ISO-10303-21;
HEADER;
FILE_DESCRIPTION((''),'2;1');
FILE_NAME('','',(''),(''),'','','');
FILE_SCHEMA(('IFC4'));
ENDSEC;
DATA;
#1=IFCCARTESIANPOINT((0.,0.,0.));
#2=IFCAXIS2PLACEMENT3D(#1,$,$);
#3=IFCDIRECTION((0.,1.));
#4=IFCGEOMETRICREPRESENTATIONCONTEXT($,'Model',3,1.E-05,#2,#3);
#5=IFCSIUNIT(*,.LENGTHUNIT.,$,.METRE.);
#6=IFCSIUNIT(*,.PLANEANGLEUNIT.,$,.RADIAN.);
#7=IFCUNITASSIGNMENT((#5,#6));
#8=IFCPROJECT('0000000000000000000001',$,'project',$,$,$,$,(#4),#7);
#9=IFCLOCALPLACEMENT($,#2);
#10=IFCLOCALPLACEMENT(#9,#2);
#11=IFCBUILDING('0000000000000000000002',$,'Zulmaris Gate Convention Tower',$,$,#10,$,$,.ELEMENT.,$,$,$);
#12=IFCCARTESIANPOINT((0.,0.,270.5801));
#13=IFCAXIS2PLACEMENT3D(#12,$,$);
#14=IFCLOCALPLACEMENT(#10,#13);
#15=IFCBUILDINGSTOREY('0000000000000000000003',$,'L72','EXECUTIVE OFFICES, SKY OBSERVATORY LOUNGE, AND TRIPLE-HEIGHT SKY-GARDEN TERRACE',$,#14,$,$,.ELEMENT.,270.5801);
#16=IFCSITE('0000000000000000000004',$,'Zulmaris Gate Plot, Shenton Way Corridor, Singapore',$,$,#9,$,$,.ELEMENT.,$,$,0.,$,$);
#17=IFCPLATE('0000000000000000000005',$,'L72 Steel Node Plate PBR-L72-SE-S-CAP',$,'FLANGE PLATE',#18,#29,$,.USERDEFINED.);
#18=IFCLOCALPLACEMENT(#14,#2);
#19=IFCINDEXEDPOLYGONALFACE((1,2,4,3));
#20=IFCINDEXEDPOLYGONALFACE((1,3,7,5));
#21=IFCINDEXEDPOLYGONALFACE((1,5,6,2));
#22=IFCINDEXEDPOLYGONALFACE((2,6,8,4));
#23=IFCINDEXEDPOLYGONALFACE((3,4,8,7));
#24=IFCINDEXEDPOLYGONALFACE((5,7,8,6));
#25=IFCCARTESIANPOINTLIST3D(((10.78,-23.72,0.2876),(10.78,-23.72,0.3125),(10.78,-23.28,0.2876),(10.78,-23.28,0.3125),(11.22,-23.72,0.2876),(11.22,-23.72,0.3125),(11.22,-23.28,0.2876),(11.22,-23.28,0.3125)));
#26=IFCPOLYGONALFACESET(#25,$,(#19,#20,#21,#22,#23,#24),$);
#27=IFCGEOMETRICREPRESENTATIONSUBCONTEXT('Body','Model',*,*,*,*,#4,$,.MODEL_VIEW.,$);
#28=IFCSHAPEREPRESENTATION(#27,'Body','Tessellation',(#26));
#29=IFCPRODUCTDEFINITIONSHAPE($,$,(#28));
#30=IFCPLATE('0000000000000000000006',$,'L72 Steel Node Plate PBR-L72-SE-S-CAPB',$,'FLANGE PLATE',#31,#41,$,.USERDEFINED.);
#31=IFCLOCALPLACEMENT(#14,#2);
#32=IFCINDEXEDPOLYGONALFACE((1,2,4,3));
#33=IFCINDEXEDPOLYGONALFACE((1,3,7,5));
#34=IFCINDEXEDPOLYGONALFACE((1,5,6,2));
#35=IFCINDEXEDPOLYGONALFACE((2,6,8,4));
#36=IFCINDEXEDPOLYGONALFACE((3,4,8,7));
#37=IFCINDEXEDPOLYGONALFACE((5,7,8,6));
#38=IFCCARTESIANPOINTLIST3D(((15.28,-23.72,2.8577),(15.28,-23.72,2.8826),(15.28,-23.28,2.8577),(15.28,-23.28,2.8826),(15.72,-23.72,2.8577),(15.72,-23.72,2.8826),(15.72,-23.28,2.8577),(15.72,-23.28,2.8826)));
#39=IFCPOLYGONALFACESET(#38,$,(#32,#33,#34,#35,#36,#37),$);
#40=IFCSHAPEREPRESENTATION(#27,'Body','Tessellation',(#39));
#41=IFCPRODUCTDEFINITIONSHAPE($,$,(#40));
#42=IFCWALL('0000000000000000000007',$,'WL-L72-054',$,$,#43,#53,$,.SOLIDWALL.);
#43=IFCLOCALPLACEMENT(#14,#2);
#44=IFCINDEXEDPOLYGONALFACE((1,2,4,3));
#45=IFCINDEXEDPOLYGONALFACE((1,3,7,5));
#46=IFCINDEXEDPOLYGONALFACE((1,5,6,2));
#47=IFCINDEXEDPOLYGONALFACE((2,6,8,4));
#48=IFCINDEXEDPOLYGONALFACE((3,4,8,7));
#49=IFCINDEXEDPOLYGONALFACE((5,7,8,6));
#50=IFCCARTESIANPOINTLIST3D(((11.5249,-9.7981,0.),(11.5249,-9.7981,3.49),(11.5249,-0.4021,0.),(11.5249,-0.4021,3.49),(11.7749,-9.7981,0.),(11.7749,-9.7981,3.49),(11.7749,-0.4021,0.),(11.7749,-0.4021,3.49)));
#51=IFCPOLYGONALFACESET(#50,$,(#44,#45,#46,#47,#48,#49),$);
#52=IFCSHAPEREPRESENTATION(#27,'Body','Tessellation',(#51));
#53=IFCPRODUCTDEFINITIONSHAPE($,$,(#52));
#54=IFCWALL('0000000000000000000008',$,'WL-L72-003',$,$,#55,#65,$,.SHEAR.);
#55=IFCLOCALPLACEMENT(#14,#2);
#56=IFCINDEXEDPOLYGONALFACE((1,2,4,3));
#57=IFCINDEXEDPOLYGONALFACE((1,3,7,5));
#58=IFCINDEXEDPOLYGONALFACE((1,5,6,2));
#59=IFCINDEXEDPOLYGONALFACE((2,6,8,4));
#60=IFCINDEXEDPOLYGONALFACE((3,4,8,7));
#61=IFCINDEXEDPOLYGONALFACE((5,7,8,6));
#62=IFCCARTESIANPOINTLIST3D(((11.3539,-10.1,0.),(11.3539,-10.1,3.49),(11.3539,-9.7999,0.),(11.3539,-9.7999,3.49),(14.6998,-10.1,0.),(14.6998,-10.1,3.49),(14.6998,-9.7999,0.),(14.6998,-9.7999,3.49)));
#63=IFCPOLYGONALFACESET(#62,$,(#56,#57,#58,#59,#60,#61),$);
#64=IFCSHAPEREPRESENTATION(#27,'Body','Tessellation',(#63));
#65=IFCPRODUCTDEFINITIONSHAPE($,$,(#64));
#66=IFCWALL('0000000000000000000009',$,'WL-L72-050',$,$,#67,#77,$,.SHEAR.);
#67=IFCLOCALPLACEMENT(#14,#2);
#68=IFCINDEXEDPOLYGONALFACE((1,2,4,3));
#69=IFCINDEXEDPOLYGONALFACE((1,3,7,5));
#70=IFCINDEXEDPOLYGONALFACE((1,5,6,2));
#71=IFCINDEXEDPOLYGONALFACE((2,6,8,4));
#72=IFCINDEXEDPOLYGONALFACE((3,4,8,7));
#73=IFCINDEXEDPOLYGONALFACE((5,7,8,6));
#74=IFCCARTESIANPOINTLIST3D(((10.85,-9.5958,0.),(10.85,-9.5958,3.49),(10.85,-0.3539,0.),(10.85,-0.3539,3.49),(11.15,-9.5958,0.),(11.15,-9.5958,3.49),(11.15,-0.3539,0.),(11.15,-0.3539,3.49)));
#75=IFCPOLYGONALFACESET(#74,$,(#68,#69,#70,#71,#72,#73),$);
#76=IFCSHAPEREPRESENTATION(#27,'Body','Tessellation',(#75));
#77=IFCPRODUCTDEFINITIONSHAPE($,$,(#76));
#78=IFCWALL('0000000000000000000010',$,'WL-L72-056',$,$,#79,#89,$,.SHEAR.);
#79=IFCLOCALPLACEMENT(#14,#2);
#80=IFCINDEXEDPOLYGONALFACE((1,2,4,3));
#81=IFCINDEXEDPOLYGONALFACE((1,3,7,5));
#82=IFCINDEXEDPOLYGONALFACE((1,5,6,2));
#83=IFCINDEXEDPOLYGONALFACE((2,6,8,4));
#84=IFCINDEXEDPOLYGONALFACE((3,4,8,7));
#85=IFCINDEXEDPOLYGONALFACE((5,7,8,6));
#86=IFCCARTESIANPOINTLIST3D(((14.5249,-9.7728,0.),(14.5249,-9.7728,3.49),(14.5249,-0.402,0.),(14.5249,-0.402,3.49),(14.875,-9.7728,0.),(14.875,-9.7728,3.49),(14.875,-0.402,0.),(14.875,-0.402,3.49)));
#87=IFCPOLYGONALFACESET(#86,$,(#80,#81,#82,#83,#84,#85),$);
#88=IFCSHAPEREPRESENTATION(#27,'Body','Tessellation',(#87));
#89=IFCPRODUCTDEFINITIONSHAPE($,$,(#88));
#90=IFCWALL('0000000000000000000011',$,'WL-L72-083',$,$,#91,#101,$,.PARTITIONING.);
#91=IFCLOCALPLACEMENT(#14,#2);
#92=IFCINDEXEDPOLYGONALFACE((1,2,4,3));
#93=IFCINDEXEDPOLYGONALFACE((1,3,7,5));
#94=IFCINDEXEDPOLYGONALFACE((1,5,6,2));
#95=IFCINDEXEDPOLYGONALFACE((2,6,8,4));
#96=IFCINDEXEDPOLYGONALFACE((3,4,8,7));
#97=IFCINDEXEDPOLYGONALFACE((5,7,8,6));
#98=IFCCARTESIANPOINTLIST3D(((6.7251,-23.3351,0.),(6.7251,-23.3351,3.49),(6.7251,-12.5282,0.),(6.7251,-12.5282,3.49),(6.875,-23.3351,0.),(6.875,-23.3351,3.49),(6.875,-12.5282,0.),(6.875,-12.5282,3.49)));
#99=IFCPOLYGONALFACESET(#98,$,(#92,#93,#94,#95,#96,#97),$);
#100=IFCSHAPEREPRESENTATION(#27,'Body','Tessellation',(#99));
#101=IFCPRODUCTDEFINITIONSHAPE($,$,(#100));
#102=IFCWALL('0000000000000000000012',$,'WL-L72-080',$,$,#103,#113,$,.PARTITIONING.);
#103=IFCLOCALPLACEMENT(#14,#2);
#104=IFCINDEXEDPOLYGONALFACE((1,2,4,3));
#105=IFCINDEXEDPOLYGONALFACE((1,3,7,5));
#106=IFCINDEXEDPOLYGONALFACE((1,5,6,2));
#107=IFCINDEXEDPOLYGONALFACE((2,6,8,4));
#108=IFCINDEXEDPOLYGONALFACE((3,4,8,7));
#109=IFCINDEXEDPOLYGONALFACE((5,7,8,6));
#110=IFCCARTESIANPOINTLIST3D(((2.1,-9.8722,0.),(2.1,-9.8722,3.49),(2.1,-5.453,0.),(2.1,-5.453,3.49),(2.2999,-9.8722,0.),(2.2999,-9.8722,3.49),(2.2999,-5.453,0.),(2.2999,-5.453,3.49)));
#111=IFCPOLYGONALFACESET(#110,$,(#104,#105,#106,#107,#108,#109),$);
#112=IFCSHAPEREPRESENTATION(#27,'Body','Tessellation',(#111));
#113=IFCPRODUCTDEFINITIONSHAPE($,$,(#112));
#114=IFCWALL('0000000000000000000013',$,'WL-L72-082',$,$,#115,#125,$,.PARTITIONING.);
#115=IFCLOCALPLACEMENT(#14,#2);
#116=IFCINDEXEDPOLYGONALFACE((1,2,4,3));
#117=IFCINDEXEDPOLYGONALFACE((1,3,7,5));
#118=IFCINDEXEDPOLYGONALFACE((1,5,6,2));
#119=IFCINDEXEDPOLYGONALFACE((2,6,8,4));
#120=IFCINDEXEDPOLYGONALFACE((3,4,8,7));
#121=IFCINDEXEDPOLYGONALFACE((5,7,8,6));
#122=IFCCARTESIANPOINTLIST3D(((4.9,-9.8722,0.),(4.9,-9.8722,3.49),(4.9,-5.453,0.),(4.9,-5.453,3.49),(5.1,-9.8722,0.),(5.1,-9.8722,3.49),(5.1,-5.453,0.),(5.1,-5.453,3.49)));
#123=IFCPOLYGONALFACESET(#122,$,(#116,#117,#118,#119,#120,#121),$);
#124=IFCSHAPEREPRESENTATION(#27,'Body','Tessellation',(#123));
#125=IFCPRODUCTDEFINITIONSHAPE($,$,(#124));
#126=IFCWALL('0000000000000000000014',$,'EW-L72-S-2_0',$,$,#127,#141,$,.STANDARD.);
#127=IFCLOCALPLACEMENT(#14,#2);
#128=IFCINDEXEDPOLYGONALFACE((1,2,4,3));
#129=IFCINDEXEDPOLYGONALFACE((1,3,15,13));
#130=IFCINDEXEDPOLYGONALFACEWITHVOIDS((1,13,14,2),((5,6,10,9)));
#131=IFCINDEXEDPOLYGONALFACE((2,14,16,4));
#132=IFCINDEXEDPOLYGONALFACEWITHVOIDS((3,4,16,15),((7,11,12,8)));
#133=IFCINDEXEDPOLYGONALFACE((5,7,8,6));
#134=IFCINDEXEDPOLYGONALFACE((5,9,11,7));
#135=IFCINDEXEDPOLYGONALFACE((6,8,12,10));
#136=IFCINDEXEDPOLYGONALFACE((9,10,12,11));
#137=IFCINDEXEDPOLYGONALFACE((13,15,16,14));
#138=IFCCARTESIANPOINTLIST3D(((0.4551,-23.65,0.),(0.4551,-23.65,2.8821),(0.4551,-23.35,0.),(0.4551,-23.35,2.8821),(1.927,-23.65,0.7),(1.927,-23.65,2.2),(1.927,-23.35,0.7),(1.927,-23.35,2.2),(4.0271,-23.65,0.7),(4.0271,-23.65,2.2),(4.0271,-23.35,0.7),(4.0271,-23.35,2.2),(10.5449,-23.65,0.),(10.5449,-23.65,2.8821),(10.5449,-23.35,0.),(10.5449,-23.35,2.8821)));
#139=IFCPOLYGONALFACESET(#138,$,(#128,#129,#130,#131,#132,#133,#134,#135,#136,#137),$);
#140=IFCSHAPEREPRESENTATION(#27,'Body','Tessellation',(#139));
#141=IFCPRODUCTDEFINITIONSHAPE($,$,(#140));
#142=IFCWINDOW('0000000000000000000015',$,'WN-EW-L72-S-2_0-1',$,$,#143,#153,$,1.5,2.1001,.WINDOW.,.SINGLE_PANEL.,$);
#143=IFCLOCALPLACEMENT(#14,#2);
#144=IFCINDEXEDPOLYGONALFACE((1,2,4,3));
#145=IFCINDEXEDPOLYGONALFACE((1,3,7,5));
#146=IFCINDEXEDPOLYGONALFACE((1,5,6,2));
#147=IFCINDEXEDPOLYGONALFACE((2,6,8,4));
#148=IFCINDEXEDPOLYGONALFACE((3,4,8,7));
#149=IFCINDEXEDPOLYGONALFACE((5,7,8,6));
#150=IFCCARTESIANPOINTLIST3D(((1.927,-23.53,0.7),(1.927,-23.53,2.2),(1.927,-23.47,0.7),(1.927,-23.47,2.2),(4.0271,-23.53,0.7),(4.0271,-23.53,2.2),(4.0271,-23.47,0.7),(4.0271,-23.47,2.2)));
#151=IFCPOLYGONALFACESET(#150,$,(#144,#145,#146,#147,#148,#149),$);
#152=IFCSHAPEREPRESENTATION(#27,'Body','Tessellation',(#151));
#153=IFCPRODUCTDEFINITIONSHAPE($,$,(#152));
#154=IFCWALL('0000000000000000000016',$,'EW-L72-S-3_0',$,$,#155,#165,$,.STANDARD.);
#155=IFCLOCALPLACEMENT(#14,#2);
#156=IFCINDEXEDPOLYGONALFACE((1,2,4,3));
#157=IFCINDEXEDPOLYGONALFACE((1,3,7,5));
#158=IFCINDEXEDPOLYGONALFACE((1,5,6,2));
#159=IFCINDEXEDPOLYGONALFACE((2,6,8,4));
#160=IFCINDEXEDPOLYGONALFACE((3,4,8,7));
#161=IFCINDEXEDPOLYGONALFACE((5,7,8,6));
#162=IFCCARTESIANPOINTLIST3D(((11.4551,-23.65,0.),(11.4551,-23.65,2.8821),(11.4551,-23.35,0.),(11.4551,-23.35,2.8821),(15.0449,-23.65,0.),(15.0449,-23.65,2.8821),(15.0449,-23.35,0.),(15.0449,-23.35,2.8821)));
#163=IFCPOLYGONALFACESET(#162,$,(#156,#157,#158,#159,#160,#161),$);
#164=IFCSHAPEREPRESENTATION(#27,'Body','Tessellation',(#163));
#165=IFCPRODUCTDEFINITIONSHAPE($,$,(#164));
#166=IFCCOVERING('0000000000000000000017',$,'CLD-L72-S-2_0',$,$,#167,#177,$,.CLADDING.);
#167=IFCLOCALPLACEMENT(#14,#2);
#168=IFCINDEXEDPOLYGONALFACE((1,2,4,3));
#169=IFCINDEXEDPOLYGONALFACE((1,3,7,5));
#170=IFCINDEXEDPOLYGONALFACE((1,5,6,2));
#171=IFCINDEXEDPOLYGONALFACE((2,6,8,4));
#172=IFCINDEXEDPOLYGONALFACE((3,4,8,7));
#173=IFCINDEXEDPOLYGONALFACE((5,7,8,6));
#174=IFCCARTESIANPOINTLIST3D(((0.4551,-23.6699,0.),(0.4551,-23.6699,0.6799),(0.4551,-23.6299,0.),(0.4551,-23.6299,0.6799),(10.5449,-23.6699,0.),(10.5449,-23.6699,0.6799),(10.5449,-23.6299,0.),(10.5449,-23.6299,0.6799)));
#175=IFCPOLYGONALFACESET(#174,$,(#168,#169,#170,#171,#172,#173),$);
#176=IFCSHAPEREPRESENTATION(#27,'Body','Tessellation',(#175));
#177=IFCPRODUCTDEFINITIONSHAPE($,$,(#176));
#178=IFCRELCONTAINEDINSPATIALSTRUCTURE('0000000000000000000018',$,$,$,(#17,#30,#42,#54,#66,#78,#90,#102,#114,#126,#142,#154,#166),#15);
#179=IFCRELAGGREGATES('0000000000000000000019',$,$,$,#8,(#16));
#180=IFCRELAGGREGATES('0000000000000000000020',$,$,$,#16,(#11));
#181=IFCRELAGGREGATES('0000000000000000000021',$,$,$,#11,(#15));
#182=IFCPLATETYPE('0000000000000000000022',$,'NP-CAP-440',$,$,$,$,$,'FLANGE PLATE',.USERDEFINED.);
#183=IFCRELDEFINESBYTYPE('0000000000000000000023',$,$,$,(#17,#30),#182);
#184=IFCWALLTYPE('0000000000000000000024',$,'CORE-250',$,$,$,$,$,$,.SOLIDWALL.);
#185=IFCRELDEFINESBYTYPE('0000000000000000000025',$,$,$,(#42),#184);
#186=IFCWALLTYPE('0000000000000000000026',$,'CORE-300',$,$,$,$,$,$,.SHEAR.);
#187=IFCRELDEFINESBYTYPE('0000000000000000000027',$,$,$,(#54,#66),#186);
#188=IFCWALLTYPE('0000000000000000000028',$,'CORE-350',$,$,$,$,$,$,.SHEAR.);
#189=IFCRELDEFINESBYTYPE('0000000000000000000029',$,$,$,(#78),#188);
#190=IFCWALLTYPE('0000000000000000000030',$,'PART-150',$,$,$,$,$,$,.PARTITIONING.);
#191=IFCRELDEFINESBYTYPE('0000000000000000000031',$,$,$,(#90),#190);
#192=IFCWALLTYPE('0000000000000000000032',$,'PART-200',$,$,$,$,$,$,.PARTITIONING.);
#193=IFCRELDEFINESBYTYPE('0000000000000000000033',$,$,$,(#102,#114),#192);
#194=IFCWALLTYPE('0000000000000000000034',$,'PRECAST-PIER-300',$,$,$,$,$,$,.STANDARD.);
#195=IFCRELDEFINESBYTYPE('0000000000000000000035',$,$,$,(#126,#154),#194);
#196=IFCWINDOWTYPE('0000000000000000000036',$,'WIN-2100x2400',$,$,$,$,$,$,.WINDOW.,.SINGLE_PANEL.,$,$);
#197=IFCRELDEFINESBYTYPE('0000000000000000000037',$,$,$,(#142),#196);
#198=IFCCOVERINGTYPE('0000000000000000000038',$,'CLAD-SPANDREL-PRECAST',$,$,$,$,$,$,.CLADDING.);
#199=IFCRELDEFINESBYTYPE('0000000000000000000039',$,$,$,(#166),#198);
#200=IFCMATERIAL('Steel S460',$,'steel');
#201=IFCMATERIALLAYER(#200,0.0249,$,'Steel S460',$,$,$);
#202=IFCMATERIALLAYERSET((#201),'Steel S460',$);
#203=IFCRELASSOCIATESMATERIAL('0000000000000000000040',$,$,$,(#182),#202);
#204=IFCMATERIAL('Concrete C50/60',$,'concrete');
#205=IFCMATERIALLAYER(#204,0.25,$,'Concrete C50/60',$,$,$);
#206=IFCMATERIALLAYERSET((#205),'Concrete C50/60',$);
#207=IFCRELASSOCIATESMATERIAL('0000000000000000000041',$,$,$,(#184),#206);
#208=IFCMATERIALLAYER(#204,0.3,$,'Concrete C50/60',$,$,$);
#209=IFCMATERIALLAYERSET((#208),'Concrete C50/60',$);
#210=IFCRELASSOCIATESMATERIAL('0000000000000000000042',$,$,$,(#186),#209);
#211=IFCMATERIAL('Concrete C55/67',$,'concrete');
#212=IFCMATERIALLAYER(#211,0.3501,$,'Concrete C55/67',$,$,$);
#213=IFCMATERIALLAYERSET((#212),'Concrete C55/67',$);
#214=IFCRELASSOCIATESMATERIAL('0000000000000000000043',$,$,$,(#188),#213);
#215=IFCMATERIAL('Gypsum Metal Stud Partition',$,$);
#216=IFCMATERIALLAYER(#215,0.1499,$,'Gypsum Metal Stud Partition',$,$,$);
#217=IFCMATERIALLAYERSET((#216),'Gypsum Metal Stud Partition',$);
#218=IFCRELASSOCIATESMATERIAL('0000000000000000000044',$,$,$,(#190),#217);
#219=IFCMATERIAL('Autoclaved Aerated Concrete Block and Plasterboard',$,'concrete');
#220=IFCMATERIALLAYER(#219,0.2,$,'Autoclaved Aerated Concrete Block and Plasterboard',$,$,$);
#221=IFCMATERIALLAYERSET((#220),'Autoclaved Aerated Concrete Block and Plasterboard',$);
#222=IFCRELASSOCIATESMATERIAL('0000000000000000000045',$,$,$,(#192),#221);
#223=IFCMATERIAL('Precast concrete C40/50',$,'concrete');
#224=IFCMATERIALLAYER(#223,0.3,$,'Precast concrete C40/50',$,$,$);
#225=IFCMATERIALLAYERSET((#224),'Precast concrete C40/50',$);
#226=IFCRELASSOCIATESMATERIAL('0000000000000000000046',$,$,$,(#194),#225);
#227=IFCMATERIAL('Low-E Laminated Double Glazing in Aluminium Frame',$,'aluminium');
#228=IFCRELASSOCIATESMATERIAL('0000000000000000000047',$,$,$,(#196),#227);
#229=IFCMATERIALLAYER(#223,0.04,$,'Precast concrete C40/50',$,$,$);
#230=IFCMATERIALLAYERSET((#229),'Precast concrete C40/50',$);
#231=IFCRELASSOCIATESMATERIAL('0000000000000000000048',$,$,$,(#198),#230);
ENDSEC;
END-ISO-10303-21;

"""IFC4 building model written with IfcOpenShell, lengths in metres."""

from ifc_helpers import new_model, si_unit, direction, frame, frame_2d, origin, origin_2d, place, context, subcontext, project, spatial, rectangle, extrude, material, layer, layer_set, type_object, element, fill, save


model = new_model("IFC4")

# Units and contexts
model_context = context("Model", 3, precision=1e-05, world=origin(), true_north=direction((0.0, 1.0)))
body_context = subcontext(model_context, "Body", "Model", "MODEL_VIEW")
ifc_project = project(units=[si_unit("LENGTHUNIT", "METRE"), si_unit("PLANEANGLEUNIT", "RADIAN")], contexts=[model_context])

# Site, building, storey
site_placement = place(None, origin())
site = spatial("IfcSite", under=ifc_project, at=site_placement, Name="Zulmaris Gate Plot, Shenton Way Corridor, Singapore", CompositionType="ELEMENT", RefElevation=0.0)
building_placement = place(site_placement, origin())
building = spatial("IfcBuilding", under=site, at=building_placement, Name="Zulmaris Gate Convention Tower", CompositionType="ELEMENT")
storey_placement = place(building_placement, frame((0.0, 0.0, 270.5801)))
storey = spatial("IfcBuildingStorey", under=building, at=storey_placement, Name="L72", Description="EXECUTIVE OFFICES, SKY OBSERVATORY LOUNGE, AND TRIPLE-HEIGHT SKY-GARDEN TERRACE", CompositionType="ELEMENT", Elevation=270.5801)

# Shared definitions
ifc_material_1 = material(Name="Concrete C50/60", Category="concrete")

# Plates
ifc_material_2 = material(Name="Steel S460", Category="steel")
ifc_layer_1 = layer(ifc_material_2, 0.0249, Name="Steel S460")
ifc_layer_set_1 = layer_set([ifc_layer_1], Name="Steel S460")
plate_type = type_object("IfcPlateType", Name="NP-CAP-440", ElementType="FLANGE PLATE", PredefinedType="USERDEFINED", material=ifc_layer_set_1)
for number, where, z_axis, x_axis, name in (
    (1, (11.0, -23.5, 0.2876), (0.0, 0.0, 1.0), (1.0, 0.0, 0.0), "L72 Steel Node Plate PBR-L72-SE-S-CAP"),
    (2, (15.5, -23.5, 2.8577), (0.0, 0.0, 1.0), (1.0, 0.0, 0.0), "L72 Steel Node Plate PBR-L72-SE-S-CAPB"),
):
    element("IfcPlate", number, at=place(storey_placement, frame(where, z_axis=z_axis, x_axis=x_axis)), inside=storey, type_object=plate_type, Name=name, ObjectType="FLANGE PLATE", PredefinedType="USERDEFINED", context=body_context, shape_type="SweptSolid", body=[
        extrude(rectangle(XDim=0.4399, YDim=0.4399, at=origin_2d()), origin(), (0.0, 0.0, 1.0), 0.0249),
    ])

# Walls
ifc_layer_2 = layer(ifc_material_1, 0.25, Name="Concrete C50/60")
ifc_layer_set_2 = layer_set([ifc_layer_2], Name="Concrete C50/60")
wall_type_1 = type_object("IfcWallType", Name="CORE-250", PredefinedType="SOLIDWALL", material=ifc_layer_set_2)
wall_1_placement = place(storey_placement, frame((11.6499, -9.7981, 0.0), z_axis=(0.0, 0.0, 1.0), x_axis=(0.0, 1.0, 0.0)))
element("IfcWall", 3, at=wall_1_placement, inside=storey, type_object=wall_type_1, Name="WL-L72-054", PredefinedType="SOLIDWALL", context=body_context, shape_type="SweptSolid", body=[
    extrude(rectangle(XDim=9.396, YDim=0.25, at=frame_2d((4.698, 0.0))), origin(), (0.0, 0.0, 1.0), 3.49),
])
ifc_layer_3 = layer(ifc_material_1, 0.3, Name="Concrete C50/60")
ifc_layer_set_3 = layer_set([ifc_layer_3], Name="Concrete C50/60")
wall_type_2 = type_object("IfcWallType", Name="CORE-300", PredefinedType="SHEAR", material=ifc_layer_set_3)
wall_2_placement = place(storey_placement, frame((11.354, -9.95, 0.0), z_axis=(0.0, 0.0, 1.0), x_axis=(1.0, 0.0, 0.0)))
element("IfcWall", 4, at=wall_2_placement, inside=storey, type_object=wall_type_2, Name="WL-L72-003", PredefinedType="SHEAR", context=body_context, shape_type="SweptSolid", body=[
    extrude(rectangle(XDim=3.3459, YDim=0.3, at=frame_2d((1.6729, 0.0))), origin(), (0.0, 0.0, 1.0), 3.49),
])
wall_3_placement = place(storey_placement, frame((11.0, -9.5959, 0.0), z_axis=(0.0, 0.0, 1.0), x_axis=(0.0, 1.0, 0.0)))
element("IfcWall", 5, at=wall_3_placement, inside=storey, type_object=wall_type_2, Name="WL-L72-050", PredefinedType="SHEAR", context=body_context, shape_type="SweptSolid", body=[
    extrude(rectangle(XDim=9.2419, YDim=0.3, at=frame_2d((4.6211, 0.0))), origin(), (0.0, 0.0, 1.0), 3.49),
])

# Shared definitions
ifc_material_3 = material(Name="Concrete C55/67", Category="concrete")
ifc_layer_4 = layer(ifc_material_3, 0.3501, Name="Concrete C55/67")
ifc_layer_set_4 = layer_set([ifc_layer_4], Name="Concrete C55/67")
wall_type_3 = type_object("IfcWallType", Name="CORE-350", PredefinedType="SHEAR", material=ifc_layer_set_4)

# Walls
wall_4_placement = place(storey_placement, frame((14.7, -9.7729, 0.0), z_axis=(0.0, 0.0, 1.0), x_axis=(0.0, 1.0, 0.0)))
element("IfcWall", 6, at=wall_4_placement, inside=storey, type_object=wall_type_3, Name="WL-L72-056", PredefinedType="SHEAR", context=body_context, shape_type="SweptSolid", body=[
    extrude(rectangle(XDim=9.3708, YDim=0.3501, at=frame_2d((4.6855, 0.0))), origin(), (0.0, 0.0, 1.0), 3.49),
])
ifc_material_4 = material(Name="Gypsum Metal Stud Partition")
ifc_layer_5 = layer(ifc_material_4, 0.1499, Name="Gypsum Metal Stud Partition")
ifc_layer_set_5 = layer_set([ifc_layer_5], Name="Gypsum Metal Stud Partition")
wall_type_4 = type_object("IfcWallType", Name="PART-150", PredefinedType="PARTITIONING", material=ifc_layer_set_5)
wall_5_placement = place(storey_placement, frame((6.8, -23.335, 0.0), z_axis=(0.0, 0.0, 1.0), x_axis=(0.0, 1.0, 0.0)))
element("IfcWall", 7, at=wall_5_placement, inside=storey, type_object=wall_type_4, Name="WL-L72-083", PredefinedType="PARTITIONING", context=body_context, shape_type="SweptSolid", body=[
    extrude(rectangle(XDim=10.8069, YDim=0.1499, at=frame_2d((5.4033, 0.0))), origin(), (0.0, 0.0, 1.0), 3.49),
])
ifc_material_5 = material(Name="Autoclaved Aerated Concrete Block and Plasterboard", Category="concrete")
ifc_layer_6 = layer(ifc_material_5, 0.2, Name="Autoclaved Aerated Concrete Block and Plasterboard")
ifc_layer_set_6 = layer_set([ifc_layer_6], Name="Autoclaved Aerated Concrete Block and Plasterboard")
wall_type_5 = type_object("IfcWallType", Name="PART-200", PredefinedType="PARTITIONING", material=ifc_layer_set_6)
for number, where, z_axis, x_axis, name in (
    (8, (2.2, -9.8721, 0.0), (0.0, 0.0, 1.0), (0.0, 1.0, 0.0), "WL-L72-080"),
    (9, (5.0, -9.8721, 0.0), (0.0, 0.0, 1.0), (0.0, 1.0, 0.0), "WL-L72-082"),
):
    element("IfcWall", number, at=place(storey_placement, frame(where, z_axis=z_axis, x_axis=x_axis)), inside=storey, type_object=wall_type_5, Name=name, PredefinedType="PARTITIONING", context=body_context, shape_type="SweptSolid", body=[
        extrude(rectangle(XDim=4.4192, YDim=0.2, at=frame_2d((2.2095, 0.0))), origin(), (0.0, 0.0, 1.0), 3.49),
    ])

# Wall, opening, window
ifc_material_6 = material(Name="Precast concrete C40/50", Category="concrete")
ifc_layer_7 = layer(ifc_material_6, 0.3, Name="Precast concrete C40/50")
ifc_layer_set_7 = layer_set([ifc_layer_7], Name="Precast concrete C40/50")
wall_type_6 = type_object("IfcWallType", Name="PRECAST-PIER-300", PredefinedType="STANDARD", material=ifc_layer_set_7)
wall_6_placement = place(storey_placement, frame((0.4551, -23.5, 0.0), z_axis=(0.0, 0.0, 1.0), x_axis=(1.0, 0.0, 0.0)))
wall_6 = element("IfcWall", 10, at=wall_6_placement, inside=storey, type_object=wall_type_6, Name="EW-L72-S-2_0", PredefinedType="STANDARD", context=body_context, shape_type="SweptSolid", body=[
    extrude(rectangle(XDim=10.0898, YDim=0.3, at=frame_2d((5.0449, 0.0))), origin(), (0.0, 0.0, 1.0), 2.8821),
])
opening_1_placement = place(wall_6_placement, frame((1.4719, 0.0, 0.7)))
opening_1 = element("IfcOpeningElement", 11, at=opening_1_placement, cuts=wall_6, PredefinedType="OPENING", context=body_context, shape_type="SweptSolid", body=[
    extrude(rectangle(XDim=2.1001, YDim=1.5, at=frame_2d((1.05, 0.75))), frame((0.0, 0.1602, 0.0), z_axis=(0.0, -1.0, 0.0), x_axis=(1.0, 0.0, 0.0)), (0.0, 0.0, 1.0), 0.3201),
])
ifc_material_7 = material(Name="Low-E Laminated Double Glazing in Aluminium Frame", Category="aluminium")
window_type = type_object("IfcWindowType", Name="WIN-2100x2400", PartitioningType="SINGLE_PANEL", PredefinedType="WINDOW", material=ifc_material_7)
window_placement = place(opening_1_placement, origin())
window = element("IfcWindow", 12, at=window_placement, inside=storey, type_object=window_type, Name="WN-EW-L72-S-2_0-1", OverallHeight=1.5, OverallWidth=2.1001, PartitioningType="SINGLE_PANEL", PredefinedType="WINDOW", context=body_context, shape_type="SweptSolid", body=[
    extrude(rectangle(XDim=2.1001, YDim=1.5, at=frame_2d((1.05, 0.75))), frame((0.0, 0.03, 0.0), z_axis=(0.0, -1.0, 0.0), x_axis=(1.0, 0.0, 0.0)), (0.0, 0.0, 1.0), 0.0601),
])
fill(opening_1, window)

# Wall
wall_7_placement = place(storey_placement, frame((11.4551, -23.5, 0.0), z_axis=(0.0, 0.0, 1.0), x_axis=(1.0, 0.0, 0.0)))
element("IfcWall", 13, at=wall_7_placement, inside=storey, type_object=wall_type_6, Name="EW-L72-S-3_0", PredefinedType="STANDARD", context=body_context, shape_type="SweptSolid", body=[
    extrude(rectangle(XDim=3.5898, YDim=0.3, at=frame_2d((1.7949, 0.0))), origin(), (0.0, 0.0, 1.0), 2.8821),
])

# Covering
ifc_layer_8 = layer(ifc_material_6, 0.04, Name="Precast concrete C40/50")
ifc_layer_set_8 = layer_set([ifc_layer_8], Name="Precast concrete C40/50")
covering_type = type_object("IfcCoveringType", Name="CLAD-SPANDREL-PRECAST", PredefinedType="CLADDING", material=ifc_layer_set_8)
covering_1_placement = place(storey_placement, frame((0.4551, -23.6499, 0.0), z_axis=(0.0, 0.0, 1.0), x_axis=(1.0, 0.0, 0.0)))
element("IfcCovering", 14, at=covering_1_placement, inside=storey, type_object=covering_type, Name="CLD-L72-S-2_0", PredefinedType="CLADDING", context=body_context, shape_type="SweptSolid", body=[
    extrude(rectangle(XDim=10.0898, YDim=0.04, at=frame_2d((5.0449, 0.0))), origin(), (0.0, 0.0, 1.0), 0.6799),
])

save(model, "model.ifc")
